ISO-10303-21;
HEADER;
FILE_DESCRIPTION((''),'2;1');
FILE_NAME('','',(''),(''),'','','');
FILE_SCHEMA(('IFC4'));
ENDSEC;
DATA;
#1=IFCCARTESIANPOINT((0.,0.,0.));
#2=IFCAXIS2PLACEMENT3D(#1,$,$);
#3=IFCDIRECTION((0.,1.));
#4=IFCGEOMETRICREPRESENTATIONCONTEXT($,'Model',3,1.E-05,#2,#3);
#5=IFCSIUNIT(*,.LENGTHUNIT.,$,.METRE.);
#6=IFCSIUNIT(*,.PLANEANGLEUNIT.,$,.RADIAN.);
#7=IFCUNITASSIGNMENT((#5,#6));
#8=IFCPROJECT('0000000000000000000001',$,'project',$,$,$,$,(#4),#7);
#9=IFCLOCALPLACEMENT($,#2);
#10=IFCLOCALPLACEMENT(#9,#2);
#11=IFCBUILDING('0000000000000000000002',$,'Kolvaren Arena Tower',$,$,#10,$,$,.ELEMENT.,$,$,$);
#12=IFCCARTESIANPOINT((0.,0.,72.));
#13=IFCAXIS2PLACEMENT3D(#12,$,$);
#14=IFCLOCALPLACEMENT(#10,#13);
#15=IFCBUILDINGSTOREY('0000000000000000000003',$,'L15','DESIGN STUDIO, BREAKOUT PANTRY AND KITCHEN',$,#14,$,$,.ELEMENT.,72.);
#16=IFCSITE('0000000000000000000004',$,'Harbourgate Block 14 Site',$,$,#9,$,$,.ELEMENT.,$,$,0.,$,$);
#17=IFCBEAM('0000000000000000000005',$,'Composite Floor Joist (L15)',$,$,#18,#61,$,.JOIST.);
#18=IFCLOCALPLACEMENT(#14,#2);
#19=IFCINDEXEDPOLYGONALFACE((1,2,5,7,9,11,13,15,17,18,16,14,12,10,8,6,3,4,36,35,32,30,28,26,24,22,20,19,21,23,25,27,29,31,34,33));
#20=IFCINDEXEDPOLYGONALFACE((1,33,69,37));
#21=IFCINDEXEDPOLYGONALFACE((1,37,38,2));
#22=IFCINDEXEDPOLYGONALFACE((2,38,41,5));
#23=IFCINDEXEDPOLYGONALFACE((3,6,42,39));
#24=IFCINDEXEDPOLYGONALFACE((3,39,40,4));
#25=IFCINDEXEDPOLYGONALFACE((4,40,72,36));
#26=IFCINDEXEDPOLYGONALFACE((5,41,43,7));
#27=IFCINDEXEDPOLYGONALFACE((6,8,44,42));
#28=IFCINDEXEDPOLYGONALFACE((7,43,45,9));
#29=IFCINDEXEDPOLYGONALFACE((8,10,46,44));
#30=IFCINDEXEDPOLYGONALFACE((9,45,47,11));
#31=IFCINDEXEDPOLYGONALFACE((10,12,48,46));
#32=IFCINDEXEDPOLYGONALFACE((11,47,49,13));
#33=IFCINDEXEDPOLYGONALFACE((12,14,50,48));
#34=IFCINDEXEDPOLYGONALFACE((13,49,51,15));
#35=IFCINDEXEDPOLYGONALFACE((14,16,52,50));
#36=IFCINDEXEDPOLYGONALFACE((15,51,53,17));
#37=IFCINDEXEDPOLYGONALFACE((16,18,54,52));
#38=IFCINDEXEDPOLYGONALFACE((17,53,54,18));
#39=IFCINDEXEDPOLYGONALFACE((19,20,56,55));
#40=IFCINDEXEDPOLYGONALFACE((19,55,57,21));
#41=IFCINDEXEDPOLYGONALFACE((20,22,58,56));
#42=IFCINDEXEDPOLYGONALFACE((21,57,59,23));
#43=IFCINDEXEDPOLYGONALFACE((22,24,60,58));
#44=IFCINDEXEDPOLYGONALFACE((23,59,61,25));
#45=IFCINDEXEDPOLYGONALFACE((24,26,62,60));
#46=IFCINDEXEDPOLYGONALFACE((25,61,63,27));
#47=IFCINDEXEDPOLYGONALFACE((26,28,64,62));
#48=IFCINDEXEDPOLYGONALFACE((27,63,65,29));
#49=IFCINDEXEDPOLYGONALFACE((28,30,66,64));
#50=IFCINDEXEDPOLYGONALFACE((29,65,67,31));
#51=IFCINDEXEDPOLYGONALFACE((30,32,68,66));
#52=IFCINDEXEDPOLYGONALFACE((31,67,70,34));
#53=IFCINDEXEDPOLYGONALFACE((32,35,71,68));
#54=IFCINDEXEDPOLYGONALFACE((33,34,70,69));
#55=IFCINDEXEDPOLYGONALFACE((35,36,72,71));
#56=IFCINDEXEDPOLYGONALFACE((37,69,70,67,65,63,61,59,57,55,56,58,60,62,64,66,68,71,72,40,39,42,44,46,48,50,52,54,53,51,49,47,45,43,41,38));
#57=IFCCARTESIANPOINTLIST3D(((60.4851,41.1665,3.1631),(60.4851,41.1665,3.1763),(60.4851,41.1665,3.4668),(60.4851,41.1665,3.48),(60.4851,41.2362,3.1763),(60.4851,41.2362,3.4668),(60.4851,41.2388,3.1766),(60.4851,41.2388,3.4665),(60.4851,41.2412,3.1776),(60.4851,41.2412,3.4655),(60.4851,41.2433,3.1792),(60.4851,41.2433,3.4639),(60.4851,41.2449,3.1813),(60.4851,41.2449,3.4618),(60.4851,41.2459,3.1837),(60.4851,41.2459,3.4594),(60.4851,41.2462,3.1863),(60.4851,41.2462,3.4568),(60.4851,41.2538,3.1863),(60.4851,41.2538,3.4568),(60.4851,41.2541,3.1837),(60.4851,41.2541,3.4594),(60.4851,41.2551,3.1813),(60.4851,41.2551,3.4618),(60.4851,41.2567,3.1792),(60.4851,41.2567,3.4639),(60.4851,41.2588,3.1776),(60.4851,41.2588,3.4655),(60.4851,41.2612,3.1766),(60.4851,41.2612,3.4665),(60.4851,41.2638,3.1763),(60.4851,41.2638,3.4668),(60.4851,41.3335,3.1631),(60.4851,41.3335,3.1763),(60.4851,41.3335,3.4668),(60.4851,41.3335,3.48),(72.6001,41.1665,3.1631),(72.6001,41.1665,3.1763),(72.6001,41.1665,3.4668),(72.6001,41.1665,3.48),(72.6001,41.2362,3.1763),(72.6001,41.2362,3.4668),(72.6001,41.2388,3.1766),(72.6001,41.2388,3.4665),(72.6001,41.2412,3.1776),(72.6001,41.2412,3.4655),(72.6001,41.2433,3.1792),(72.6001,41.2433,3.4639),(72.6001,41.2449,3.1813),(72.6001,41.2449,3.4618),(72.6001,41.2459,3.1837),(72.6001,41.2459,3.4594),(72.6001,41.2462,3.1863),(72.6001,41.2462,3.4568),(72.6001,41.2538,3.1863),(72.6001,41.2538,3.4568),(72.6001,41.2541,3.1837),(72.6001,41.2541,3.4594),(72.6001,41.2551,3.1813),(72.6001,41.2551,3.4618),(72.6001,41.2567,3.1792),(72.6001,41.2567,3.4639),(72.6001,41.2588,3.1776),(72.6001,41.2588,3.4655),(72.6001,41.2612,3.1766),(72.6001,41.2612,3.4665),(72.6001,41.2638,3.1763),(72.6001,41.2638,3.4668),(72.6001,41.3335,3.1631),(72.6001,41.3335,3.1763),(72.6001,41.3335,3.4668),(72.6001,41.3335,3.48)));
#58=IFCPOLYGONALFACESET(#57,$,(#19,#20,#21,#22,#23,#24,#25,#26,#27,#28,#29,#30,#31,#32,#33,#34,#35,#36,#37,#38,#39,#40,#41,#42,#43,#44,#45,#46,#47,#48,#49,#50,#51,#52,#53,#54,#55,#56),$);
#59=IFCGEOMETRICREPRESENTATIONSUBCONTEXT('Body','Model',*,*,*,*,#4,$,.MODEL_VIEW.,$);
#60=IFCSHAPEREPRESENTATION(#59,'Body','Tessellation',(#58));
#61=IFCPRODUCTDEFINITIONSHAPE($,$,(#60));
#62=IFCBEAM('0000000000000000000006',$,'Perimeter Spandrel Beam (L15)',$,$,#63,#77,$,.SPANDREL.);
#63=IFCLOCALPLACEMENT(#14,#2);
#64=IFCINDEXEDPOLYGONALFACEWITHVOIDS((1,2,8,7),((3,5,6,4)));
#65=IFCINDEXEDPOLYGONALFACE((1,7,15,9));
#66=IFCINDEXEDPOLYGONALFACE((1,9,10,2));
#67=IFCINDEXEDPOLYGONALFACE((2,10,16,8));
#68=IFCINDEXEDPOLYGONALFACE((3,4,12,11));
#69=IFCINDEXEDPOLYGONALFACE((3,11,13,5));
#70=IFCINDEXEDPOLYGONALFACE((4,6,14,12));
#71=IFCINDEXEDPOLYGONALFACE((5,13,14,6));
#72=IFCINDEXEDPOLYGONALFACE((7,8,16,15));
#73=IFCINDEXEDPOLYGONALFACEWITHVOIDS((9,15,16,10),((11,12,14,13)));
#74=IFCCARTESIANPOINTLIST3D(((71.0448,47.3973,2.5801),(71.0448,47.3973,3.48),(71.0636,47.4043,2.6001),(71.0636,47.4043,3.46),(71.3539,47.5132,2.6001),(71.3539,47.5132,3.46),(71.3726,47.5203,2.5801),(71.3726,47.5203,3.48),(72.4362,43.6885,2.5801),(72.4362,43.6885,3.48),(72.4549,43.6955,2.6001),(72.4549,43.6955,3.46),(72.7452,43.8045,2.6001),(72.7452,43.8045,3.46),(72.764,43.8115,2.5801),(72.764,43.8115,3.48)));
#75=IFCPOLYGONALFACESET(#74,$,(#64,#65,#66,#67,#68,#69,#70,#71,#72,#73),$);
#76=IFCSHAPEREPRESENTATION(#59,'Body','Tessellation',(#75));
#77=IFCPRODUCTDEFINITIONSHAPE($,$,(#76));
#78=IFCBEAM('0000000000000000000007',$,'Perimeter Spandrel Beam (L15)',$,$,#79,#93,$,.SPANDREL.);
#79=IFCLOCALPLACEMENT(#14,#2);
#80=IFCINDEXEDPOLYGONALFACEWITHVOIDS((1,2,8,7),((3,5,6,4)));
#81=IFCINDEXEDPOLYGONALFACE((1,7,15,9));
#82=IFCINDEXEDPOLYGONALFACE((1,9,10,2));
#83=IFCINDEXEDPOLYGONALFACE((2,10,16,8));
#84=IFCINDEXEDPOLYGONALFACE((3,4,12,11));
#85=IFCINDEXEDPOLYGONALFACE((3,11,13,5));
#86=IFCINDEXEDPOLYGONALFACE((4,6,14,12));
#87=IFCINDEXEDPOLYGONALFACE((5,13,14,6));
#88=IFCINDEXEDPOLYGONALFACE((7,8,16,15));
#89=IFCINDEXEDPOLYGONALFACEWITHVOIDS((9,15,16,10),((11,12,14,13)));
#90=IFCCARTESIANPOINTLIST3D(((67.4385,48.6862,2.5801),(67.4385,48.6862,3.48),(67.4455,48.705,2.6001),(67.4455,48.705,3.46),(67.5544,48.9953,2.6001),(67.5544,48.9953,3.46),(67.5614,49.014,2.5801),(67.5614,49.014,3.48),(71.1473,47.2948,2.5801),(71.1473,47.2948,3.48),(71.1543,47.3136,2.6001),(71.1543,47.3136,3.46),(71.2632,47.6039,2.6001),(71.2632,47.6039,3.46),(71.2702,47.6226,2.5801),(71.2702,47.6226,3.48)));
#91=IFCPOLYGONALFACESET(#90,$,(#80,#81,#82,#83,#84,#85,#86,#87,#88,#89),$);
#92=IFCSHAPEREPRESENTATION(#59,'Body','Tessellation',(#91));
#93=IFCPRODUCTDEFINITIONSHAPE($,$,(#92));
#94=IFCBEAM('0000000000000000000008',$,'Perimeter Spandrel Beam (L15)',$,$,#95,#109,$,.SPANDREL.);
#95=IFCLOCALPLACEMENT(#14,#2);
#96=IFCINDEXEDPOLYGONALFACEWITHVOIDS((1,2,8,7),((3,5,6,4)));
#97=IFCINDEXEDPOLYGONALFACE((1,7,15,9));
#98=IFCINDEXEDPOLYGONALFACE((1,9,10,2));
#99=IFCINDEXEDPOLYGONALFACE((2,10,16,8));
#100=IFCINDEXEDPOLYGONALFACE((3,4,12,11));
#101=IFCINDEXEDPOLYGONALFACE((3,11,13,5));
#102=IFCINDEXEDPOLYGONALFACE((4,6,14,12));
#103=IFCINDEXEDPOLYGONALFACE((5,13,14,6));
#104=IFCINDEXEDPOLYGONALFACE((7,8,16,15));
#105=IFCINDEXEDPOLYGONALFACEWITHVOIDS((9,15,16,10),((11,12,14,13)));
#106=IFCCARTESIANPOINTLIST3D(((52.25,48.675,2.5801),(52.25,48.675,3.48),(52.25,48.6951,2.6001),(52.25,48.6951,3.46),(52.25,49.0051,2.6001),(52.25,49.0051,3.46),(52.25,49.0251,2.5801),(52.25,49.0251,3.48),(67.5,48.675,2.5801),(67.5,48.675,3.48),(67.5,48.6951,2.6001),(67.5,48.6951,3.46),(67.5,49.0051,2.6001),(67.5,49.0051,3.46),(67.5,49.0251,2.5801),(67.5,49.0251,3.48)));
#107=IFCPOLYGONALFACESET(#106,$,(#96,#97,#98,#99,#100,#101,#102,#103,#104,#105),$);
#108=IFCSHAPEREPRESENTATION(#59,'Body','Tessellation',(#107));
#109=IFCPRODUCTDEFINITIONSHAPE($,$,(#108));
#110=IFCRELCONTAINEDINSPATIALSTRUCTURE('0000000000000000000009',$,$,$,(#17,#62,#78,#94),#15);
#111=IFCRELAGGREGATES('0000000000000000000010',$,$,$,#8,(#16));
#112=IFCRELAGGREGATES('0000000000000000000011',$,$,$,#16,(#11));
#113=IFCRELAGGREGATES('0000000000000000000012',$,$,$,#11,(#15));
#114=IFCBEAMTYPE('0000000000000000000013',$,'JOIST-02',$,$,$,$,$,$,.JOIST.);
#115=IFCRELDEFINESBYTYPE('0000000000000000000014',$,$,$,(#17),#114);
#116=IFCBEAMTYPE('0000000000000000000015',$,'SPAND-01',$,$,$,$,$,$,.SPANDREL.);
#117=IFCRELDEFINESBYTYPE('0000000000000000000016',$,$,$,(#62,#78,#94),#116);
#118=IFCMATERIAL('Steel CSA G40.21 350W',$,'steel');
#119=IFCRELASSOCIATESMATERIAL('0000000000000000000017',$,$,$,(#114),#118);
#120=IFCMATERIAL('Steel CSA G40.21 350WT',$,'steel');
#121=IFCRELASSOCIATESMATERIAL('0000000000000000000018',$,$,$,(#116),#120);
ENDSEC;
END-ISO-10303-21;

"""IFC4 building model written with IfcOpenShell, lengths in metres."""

from ifc_helpers import new_model, si_unit, direction, frame, origin, origin_2d, place, context, subcontext, project, spatial, hollow_rectangle, i_section, extrude, material, material_profile, profile_set, type_object, element, save


model = new_model("IFC4")

# Units and contexts
model_context = context("Model", 3, precision=1e-05, world=origin(), true_north=direction((0.0, 1.0)))
body_context = subcontext(model_context, "Body", "Model", "MODEL_VIEW")
ifc_project = project(units=[si_unit("LENGTHUNIT", "METRE"), si_unit("PLANEANGLEUNIT", "RADIAN")], contexts=[model_context])

# Site, building, storey
site_placement = place(None, origin())
site = spatial("IfcSite", under=ifc_project, at=site_placement, Name="Harbourgate Block 14 Site", CompositionType="ELEMENT", RefElevation=0.0)
building_placement = place(site_placement, origin())
building = spatial("IfcBuilding", under=site, at=building_placement, Name="Kolvaren Arena Tower", CompositionType="ELEMENT")
storey_placement = place(building_placement, frame((0.0, 0.0, 72.0)))
storey = spatial("IfcBuildingStorey", under=building, at=storey_placement, Name="L15", Description="DESIGN STUDIO, BREAKOUT PANTRY AND KITCHEN", CompositionType="ELEMENT", Elevation=72.0)

# Beams
ifc_material_1 = material(Name="Steel CSA G40.21 350W", Category="steel")
ifc_material_profile_1 = material_profile(ifc_material_1, i_section(OverallWidth=0.167, OverallDepth=0.3169, WebThickness=0.0076, FlangeThickness=0.0132, FilletRadius=0.01, at=origin_2d()), Name="W310x52")
ifc_profile_set_1 = profile_set([ifc_material_profile_1], Name="Steel CSA G40.21 350W")
beam_type_1 = type_object("IfcBeamType", Name="JOIST-02", PredefinedType="JOIST", material=ifc_profile_set_1)
beam_1_placement = place(storey_placement, frame((60.4851, 41.25, 3.3215), z_axis=(1.0, 0.0, 0.0), x_axis=(0.0, 1.0, 0.0)))
element("IfcBeam", 1, at=beam_1_placement, inside=storey, type_object=beam_type_1, Name="Composite Floor Joist (L15)", PredefinedType="JOIST", context=body_context, shape_type="SweptSolid", body=[
    extrude(i_section(OverallWidth=0.167, OverallDepth=0.3169, WebThickness=0.0076, FlangeThickness=0.0132, FilletRadius=0.01, at=origin_2d()), origin(), (0.0, 0.0, 1.0), 12.115),
])
ifc_material_2 = material(Name="Steel CSA G40.21 350WT", Category="steel")
ifc_material_profile_2 = material_profile(ifc_material_2, hollow_rectangle(XDim=0.3501, YDim=0.8999, WallThickness=0.02, at=origin_2d()), Name="HSS 900x350x20")
ifc_profile_set_2 = profile_set([ifc_material_profile_2], Name="Steel CSA G40.21 350WT")
beam_type_2 = type_object("IfcBeamType", Name="SPAND-01", PredefinedType="SPANDREL", material=ifc_profile_set_2)
for number, where, z_axis, x_axis, name in (
    (2, (72.6001, 43.75, 3.03), (-0.351252, 0.936281, 0.0), (-0.936281, -0.351252, 0.0), "Perimeter Spandrel Beam (L15)"),
    (3, (71.2087, 47.4587, 3.03), (-0.936281, 0.351252, 0.0), (-0.351252, -0.936281, 0.0), "Perimeter Spandrel Beam (L15)"),
):
    element("IfcBeam", number, at=place(storey_placement, frame(where, z_axis=z_axis, x_axis=x_axis)), inside=storey, type_object=beam_type_2, Name=name, PredefinedType="SPANDREL", context=body_context, shape_type="SweptSolid", body=[
        extrude(hollow_rectangle(XDim=0.3501, YDim=0.8999, WallThickness=0.02, at=origin_2d()), origin(), (0.0, 0.0, 1.0), 3.9612),
    ])
beam_2_placement = place(storey_placement, frame((67.5, 48.8501, 3.03), z_axis=(-1.0, 0.0, 0.0), x_axis=(0.0, -1.0, 0.0)))
element("IfcBeam", 4, at=beam_2_placement, inside=storey, type_object=beam_type_2, Name="Perimeter Spandrel Beam (L15)", PredefinedType="SPANDREL", context=body_context, shape_type="SweptSolid", body=[
    extrude(hollow_rectangle(XDim=0.3501, YDim=0.8999, WallThickness=0.02, at=origin_2d()), origin(), (0.0, 0.0, 1.0), 15.25),
])

save(model, "model.ifc")
